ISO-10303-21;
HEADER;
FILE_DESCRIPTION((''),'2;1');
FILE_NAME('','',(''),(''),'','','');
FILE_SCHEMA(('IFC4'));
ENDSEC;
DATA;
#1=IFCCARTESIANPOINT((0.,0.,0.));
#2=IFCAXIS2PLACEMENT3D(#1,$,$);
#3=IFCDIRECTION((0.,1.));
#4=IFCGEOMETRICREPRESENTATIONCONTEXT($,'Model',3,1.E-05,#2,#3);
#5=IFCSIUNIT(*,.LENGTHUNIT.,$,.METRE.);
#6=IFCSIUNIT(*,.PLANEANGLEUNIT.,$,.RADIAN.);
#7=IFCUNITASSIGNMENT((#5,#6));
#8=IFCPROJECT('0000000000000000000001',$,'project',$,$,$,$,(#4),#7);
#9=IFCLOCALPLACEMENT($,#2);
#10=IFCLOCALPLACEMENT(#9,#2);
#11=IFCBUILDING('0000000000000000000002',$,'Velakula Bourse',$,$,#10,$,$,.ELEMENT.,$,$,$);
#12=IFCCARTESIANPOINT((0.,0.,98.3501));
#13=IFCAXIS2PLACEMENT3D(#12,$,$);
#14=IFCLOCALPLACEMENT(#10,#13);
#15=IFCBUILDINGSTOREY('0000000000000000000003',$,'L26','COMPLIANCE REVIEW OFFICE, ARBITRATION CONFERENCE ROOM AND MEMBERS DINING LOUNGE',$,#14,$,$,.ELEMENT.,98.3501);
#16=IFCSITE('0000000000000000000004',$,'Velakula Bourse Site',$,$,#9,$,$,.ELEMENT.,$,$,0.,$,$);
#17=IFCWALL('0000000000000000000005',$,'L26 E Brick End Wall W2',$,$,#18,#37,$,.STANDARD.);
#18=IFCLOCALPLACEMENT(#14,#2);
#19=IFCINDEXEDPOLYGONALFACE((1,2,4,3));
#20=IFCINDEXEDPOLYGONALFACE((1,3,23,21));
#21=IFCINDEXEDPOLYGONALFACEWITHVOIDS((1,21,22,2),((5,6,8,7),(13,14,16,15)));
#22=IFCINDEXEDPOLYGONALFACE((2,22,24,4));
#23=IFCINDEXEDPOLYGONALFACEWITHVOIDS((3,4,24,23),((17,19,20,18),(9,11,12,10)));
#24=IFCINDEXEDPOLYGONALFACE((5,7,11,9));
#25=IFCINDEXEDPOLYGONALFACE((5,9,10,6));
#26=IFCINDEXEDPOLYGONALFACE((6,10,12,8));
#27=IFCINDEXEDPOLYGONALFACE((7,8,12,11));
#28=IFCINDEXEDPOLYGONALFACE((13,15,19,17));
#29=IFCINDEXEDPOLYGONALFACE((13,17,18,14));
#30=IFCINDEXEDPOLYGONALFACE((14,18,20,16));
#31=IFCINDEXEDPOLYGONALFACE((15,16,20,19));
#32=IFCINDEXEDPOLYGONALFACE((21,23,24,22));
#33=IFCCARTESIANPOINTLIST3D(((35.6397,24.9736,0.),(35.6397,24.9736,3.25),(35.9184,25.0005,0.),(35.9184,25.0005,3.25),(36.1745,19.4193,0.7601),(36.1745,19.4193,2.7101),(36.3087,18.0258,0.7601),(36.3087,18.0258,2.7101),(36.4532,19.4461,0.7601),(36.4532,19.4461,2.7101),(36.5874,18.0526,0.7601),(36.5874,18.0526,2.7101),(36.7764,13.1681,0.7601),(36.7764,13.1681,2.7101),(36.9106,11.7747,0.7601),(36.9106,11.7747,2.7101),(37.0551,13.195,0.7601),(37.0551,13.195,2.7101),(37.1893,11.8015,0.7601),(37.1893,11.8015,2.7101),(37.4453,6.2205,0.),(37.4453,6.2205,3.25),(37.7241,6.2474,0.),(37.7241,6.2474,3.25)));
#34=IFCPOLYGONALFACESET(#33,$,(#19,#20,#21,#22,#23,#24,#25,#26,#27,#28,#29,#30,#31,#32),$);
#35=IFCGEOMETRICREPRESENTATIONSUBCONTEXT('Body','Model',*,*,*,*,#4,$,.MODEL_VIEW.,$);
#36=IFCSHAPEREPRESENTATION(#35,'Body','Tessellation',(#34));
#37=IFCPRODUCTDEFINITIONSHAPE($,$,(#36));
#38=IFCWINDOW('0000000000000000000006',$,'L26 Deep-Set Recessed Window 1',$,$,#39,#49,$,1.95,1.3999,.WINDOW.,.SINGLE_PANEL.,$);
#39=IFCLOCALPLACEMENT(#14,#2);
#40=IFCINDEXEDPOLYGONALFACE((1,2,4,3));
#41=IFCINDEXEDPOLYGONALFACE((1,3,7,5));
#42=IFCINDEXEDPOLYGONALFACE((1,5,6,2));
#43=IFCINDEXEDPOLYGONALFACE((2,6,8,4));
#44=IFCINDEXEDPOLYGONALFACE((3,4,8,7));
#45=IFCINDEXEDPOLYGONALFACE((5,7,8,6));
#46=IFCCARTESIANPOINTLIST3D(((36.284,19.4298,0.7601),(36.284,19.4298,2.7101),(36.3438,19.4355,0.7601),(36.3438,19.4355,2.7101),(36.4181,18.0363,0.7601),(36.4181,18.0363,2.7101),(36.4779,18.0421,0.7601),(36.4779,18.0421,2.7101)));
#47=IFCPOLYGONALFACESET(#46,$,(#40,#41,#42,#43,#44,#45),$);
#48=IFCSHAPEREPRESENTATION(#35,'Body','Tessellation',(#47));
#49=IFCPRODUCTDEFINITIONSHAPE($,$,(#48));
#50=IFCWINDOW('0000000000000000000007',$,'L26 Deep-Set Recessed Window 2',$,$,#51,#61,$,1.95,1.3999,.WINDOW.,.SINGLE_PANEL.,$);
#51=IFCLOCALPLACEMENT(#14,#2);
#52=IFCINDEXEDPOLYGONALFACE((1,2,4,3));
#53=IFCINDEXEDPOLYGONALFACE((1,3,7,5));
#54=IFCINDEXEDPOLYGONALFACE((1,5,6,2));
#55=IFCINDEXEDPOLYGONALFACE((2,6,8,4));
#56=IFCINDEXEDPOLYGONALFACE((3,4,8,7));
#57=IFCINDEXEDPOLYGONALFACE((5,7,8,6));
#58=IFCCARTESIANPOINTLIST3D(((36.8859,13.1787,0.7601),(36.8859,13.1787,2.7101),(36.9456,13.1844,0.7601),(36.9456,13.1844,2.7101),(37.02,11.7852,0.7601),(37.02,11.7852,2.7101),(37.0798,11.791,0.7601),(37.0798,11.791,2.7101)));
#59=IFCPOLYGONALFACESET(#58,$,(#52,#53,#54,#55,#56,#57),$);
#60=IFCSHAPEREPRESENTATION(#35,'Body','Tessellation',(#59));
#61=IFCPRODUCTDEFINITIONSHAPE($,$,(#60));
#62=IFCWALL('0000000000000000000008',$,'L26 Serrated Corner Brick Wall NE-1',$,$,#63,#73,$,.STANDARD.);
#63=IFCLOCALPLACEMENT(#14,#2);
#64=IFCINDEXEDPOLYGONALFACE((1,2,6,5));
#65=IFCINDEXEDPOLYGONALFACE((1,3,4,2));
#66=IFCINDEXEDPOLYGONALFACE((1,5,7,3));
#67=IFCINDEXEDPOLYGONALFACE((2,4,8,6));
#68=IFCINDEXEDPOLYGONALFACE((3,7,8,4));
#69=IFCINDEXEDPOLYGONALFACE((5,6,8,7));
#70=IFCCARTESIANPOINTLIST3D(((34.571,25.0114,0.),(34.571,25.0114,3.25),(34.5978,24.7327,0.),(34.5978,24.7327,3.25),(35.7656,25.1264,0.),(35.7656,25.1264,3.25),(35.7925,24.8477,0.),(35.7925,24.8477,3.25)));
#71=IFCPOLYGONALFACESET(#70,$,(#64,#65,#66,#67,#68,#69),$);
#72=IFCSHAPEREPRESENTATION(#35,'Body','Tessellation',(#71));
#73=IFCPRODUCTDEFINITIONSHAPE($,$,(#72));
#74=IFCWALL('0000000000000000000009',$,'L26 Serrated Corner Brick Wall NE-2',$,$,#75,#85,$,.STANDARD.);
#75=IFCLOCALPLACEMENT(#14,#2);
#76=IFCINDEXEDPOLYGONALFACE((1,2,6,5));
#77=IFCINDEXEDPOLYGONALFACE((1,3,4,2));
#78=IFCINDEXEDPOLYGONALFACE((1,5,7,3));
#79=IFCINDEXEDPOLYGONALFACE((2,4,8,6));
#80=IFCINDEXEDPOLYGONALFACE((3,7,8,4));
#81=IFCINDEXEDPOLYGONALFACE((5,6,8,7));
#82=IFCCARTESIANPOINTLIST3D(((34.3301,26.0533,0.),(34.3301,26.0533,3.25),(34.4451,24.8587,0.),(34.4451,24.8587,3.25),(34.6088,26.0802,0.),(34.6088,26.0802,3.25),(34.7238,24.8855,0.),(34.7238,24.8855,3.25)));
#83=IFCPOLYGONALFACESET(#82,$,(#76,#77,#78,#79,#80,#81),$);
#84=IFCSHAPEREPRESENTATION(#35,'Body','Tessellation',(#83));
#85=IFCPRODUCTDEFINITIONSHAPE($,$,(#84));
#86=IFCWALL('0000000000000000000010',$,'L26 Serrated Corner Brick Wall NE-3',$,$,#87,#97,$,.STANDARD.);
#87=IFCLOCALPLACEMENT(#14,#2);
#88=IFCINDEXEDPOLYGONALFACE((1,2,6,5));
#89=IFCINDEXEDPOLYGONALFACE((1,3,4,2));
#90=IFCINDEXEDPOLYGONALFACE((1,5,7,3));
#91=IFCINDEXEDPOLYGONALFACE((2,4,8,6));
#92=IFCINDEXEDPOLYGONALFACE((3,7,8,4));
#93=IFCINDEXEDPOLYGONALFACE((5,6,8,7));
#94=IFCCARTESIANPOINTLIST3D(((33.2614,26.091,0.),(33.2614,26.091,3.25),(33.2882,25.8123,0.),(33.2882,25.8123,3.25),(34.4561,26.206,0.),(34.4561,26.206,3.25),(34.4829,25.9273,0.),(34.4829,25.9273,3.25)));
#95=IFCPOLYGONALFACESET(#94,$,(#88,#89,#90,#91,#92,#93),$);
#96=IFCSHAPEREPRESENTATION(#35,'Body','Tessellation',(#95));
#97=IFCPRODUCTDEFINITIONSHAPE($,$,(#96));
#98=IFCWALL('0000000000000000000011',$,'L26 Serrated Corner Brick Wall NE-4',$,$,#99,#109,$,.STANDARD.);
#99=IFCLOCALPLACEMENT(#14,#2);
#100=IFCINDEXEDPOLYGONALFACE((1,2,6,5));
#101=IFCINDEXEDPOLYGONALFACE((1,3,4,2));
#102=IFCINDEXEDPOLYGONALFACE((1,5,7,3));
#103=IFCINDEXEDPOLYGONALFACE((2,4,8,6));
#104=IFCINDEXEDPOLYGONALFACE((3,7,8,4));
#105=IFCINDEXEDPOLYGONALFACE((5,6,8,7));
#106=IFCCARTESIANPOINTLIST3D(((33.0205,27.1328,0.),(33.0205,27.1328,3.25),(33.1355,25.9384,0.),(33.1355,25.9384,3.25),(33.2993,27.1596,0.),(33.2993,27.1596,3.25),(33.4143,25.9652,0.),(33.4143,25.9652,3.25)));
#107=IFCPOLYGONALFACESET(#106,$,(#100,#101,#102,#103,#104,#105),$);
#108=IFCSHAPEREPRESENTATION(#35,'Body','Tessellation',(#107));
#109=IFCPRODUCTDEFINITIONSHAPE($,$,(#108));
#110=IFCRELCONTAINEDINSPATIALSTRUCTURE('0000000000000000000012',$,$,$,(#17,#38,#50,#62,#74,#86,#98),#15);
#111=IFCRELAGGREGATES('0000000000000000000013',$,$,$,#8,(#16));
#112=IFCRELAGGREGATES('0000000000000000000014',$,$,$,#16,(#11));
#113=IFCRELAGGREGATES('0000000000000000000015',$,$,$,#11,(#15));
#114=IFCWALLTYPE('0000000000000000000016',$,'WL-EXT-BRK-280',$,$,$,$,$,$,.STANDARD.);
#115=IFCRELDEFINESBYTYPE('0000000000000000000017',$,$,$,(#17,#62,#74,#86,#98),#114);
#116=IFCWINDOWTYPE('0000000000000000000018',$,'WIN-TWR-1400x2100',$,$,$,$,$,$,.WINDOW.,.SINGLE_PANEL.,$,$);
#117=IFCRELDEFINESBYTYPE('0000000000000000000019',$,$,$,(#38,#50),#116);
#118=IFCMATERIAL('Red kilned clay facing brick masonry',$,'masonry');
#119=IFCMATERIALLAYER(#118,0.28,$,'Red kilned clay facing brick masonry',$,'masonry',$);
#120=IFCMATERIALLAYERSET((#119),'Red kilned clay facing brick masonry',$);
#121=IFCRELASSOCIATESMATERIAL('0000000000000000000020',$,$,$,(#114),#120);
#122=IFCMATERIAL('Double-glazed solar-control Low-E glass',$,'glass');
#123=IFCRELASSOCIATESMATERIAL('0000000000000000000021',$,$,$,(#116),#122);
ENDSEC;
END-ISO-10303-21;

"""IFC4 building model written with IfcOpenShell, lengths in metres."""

from ifc_helpers import new_model, si_unit, direction, frame, frame_2d, origin, place, context, subcontext, project, spatial, rectangle, extrude, material, layer, layer_set, type_object, element, fill, save


model = new_model("IFC4")

# Units and contexts
model_context = context("Model", 3, precision=1e-05, world=origin(), true_north=direction((0.0, 1.0)))
body_context = subcontext(model_context, "Body", "Model", "MODEL_VIEW")
ifc_project = project(units=[si_unit("LENGTHUNIT", "METRE"), si_unit("PLANEANGLEUNIT", "RADIAN")], contexts=[model_context])

# Site, building, storey
site_placement = place(None, origin())
site = spatial("IfcSite", under=ifc_project, at=site_placement, Name="Velakula Bourse Site", CompositionType="ELEMENT", RefElevation=0.0)
building_placement = place(site_placement, origin())
building = spatial("IfcBuilding", under=site, at=building_placement, Name="Velakula Bourse", CompositionType="ELEMENT")
storey_placement = place(building_placement, frame((0.0, 0.0, 98.3501)))
storey = spatial("IfcBuildingStorey", under=building, at=storey_placement, Name="L26", Description="COMPLIANCE REVIEW OFFICE, ARBITRATION CONFERENCE ROOM AND MEMBERS DINING LOUNGE", CompositionType="ELEMENT", Elevation=98.3501)

# Wall, openings, windows
ifc_material_1 = material(Name="Red kilned clay facing brick masonry", Category="masonry")
ifc_layer = layer(ifc_material_1, 0.28, Name="Red kilned clay facing brick masonry", Category="masonry")
ifc_layer_set = layer_set([ifc_layer], Name="Red kilned clay facing brick masonry")
wall_type = type_object("IfcWallType", Name="WL-EXT-BRK-280", PredefinedType="STANDARD", material=ifc_layer_set)
wall_1_placement = place(storey_placement, frame((35.7791, 24.9871, 0.0), z_axis=(0.0, 0.0, 1.0), x_axis=(0.095843, -0.995397, 0.0)))
wall_1 = element("IfcWall", 1, at=wall_1_placement, inside=storey, type_object=wall_type, Name="L26 E Brick End Wall W2", PredefinedType="STANDARD", context=body_context, shape_type="SweptSolid", body=[
    extrude(rectangle(XDim=18.8398, YDim=0.28, at=frame_2d((9.4199, 0.0))), origin(), (0.0, 0.0, 1.0), 3.25),
])
opening_1_placement = place(wall_1_placement, frame((5.5801, 0.0, 0.76)))
opening_1 = element("IfcOpeningElement", 2, at=opening_1_placement, cuts=wall_1, PredefinedType="OPENING", context=body_context, shape_type="SweptSolid", body=[
    extrude(rectangle(XDim=1.3999, YDim=1.95, at=frame_2d((0.7, 0.9751))), frame((0.0, 0.1499, 0.0), z_axis=(0.0, -1.0, 0.0), x_axis=(1.0, 0.0, 0.0)), (0.0, 0.0, 1.0), 0.3),
])
opening_2_placement = place(wall_1_placement, frame((11.8601, 0.0, 0.76)))
opening_2 = element("IfcOpeningElement", 3, at=opening_2_placement, cuts=wall_1, PredefinedType="OPENING", context=body_context, shape_type="SweptSolid", body=[
    extrude(rectangle(XDim=1.3999, YDim=1.95, at=frame_2d((0.7, 0.9751))), frame((0.0, 0.1499, 0.0), z_axis=(0.0, -1.0, 0.0), x_axis=(1.0, 0.0, 0.0)), (0.0, 0.0, 1.0), 0.3),
])
ifc_material_2 = material(Name="Double-glazed solar-control Low-E glass", Category="glass")
window_type = type_object("IfcWindowType", Name="WIN-TWR-1400x2100", PartitioningType="SINGLE_PANEL", PredefinedType="WINDOW", material=ifc_material_2)
window_1_placement = place(opening_1_placement, origin())
window_1 = element("IfcWindow", 4, at=window_1_placement, inside=storey, type_object=window_type, Name="L26 Deep-Set Recessed Window 1", OverallHeight=1.95, OverallWidth=1.3999, PartitioningType="SINGLE_PANEL", PredefinedType="WINDOW", context=body_context, shape_type="SweptSolid", body=[
    extrude(rectangle(XDim=1.3999, YDim=1.95, at=frame_2d((0.7, 0.9751))), frame((0.0, 0.03, 0.0), z_axis=(0.0, -1.0, 0.0), x_axis=(1.0, 0.0, 0.0)), (0.0, 0.0, 1.0), 0.0601),
])
fill(opening_1, window_1)
window_2_placement = place(opening_2_placement, origin())
window_2 = element("IfcWindow", 5, at=window_2_placement, inside=storey, type_object=window_type, Name="L26 Deep-Set Recessed Window 2", OverallHeight=1.95, OverallWidth=1.3999, PartitioningType="SINGLE_PANEL", PredefinedType="WINDOW", context=body_context, shape_type="SweptSolid", body=[
    extrude(rectangle(XDim=1.3999, YDim=1.95, at=frame_2d((0.7, 0.9751))), frame((0.0, 0.03, 0.0), z_axis=(0.0, -1.0, 0.0), x_axis=(1.0, 0.0, 0.0)), (0.0, 0.0, 1.0), 0.0601),
])
fill(opening_2, window_2)

# Walls
for number, where, z_axis, x_axis, name in (
    (6, (35.7791, 24.9871, 0.0), (0.0, 0.0, 1.0), (-0.995399, -0.095817, 0.0), "L26 Serrated Corner Brick Wall NE-1"),
    (7, (34.5845, 24.8721, 0.0), (0.0, 0.0, 1.0), (-0.095817, 0.995399, 0.0), "L26 Serrated Corner Brick Wall NE-2"),
    (8, (34.4695, 26.0667, 0.0), (0.0, 0.0, 1.0), (-0.995399, -0.095817, 0.0), "L26 Serrated Corner Brick Wall NE-3"),
):
    element("IfcWall", number, at=place(storey_placement, frame(where, z_axis=z_axis, x_axis=x_axis)), inside=storey, type_object=wall_type, Name=name, PredefinedType="STANDARD", context=body_context, shape_type="SweptSolid", body=[
        extrude(rectangle(XDim=1.2002, YDim=0.28, at=frame_2d((0.6001, 0.0))), origin(), (0.0, 0.0, 1.0), 3.25),
    ])
wall_2_placement = place(storey_placement, frame((33.2749, 25.9517, 0.0), z_axis=(0.0, 0.0, 1.0), x_axis=(-0.095836, 0.995397, 0.0)))
element("IfcWall", 9, at=wall_2_placement, inside=storey, type_object=wall_type, Name="L26 Serrated Corner Brick Wall NE-4", PredefinedType="STANDARD", context=body_context, shape_type="SweptSolid", body=[
    extrude(rectangle(XDim=1.2, YDim=0.28, at=frame_2d((0.6001, 0.0))), origin(), (0.0, 0.0, 1.0), 3.25),
])

save(model, "model.ifc")
